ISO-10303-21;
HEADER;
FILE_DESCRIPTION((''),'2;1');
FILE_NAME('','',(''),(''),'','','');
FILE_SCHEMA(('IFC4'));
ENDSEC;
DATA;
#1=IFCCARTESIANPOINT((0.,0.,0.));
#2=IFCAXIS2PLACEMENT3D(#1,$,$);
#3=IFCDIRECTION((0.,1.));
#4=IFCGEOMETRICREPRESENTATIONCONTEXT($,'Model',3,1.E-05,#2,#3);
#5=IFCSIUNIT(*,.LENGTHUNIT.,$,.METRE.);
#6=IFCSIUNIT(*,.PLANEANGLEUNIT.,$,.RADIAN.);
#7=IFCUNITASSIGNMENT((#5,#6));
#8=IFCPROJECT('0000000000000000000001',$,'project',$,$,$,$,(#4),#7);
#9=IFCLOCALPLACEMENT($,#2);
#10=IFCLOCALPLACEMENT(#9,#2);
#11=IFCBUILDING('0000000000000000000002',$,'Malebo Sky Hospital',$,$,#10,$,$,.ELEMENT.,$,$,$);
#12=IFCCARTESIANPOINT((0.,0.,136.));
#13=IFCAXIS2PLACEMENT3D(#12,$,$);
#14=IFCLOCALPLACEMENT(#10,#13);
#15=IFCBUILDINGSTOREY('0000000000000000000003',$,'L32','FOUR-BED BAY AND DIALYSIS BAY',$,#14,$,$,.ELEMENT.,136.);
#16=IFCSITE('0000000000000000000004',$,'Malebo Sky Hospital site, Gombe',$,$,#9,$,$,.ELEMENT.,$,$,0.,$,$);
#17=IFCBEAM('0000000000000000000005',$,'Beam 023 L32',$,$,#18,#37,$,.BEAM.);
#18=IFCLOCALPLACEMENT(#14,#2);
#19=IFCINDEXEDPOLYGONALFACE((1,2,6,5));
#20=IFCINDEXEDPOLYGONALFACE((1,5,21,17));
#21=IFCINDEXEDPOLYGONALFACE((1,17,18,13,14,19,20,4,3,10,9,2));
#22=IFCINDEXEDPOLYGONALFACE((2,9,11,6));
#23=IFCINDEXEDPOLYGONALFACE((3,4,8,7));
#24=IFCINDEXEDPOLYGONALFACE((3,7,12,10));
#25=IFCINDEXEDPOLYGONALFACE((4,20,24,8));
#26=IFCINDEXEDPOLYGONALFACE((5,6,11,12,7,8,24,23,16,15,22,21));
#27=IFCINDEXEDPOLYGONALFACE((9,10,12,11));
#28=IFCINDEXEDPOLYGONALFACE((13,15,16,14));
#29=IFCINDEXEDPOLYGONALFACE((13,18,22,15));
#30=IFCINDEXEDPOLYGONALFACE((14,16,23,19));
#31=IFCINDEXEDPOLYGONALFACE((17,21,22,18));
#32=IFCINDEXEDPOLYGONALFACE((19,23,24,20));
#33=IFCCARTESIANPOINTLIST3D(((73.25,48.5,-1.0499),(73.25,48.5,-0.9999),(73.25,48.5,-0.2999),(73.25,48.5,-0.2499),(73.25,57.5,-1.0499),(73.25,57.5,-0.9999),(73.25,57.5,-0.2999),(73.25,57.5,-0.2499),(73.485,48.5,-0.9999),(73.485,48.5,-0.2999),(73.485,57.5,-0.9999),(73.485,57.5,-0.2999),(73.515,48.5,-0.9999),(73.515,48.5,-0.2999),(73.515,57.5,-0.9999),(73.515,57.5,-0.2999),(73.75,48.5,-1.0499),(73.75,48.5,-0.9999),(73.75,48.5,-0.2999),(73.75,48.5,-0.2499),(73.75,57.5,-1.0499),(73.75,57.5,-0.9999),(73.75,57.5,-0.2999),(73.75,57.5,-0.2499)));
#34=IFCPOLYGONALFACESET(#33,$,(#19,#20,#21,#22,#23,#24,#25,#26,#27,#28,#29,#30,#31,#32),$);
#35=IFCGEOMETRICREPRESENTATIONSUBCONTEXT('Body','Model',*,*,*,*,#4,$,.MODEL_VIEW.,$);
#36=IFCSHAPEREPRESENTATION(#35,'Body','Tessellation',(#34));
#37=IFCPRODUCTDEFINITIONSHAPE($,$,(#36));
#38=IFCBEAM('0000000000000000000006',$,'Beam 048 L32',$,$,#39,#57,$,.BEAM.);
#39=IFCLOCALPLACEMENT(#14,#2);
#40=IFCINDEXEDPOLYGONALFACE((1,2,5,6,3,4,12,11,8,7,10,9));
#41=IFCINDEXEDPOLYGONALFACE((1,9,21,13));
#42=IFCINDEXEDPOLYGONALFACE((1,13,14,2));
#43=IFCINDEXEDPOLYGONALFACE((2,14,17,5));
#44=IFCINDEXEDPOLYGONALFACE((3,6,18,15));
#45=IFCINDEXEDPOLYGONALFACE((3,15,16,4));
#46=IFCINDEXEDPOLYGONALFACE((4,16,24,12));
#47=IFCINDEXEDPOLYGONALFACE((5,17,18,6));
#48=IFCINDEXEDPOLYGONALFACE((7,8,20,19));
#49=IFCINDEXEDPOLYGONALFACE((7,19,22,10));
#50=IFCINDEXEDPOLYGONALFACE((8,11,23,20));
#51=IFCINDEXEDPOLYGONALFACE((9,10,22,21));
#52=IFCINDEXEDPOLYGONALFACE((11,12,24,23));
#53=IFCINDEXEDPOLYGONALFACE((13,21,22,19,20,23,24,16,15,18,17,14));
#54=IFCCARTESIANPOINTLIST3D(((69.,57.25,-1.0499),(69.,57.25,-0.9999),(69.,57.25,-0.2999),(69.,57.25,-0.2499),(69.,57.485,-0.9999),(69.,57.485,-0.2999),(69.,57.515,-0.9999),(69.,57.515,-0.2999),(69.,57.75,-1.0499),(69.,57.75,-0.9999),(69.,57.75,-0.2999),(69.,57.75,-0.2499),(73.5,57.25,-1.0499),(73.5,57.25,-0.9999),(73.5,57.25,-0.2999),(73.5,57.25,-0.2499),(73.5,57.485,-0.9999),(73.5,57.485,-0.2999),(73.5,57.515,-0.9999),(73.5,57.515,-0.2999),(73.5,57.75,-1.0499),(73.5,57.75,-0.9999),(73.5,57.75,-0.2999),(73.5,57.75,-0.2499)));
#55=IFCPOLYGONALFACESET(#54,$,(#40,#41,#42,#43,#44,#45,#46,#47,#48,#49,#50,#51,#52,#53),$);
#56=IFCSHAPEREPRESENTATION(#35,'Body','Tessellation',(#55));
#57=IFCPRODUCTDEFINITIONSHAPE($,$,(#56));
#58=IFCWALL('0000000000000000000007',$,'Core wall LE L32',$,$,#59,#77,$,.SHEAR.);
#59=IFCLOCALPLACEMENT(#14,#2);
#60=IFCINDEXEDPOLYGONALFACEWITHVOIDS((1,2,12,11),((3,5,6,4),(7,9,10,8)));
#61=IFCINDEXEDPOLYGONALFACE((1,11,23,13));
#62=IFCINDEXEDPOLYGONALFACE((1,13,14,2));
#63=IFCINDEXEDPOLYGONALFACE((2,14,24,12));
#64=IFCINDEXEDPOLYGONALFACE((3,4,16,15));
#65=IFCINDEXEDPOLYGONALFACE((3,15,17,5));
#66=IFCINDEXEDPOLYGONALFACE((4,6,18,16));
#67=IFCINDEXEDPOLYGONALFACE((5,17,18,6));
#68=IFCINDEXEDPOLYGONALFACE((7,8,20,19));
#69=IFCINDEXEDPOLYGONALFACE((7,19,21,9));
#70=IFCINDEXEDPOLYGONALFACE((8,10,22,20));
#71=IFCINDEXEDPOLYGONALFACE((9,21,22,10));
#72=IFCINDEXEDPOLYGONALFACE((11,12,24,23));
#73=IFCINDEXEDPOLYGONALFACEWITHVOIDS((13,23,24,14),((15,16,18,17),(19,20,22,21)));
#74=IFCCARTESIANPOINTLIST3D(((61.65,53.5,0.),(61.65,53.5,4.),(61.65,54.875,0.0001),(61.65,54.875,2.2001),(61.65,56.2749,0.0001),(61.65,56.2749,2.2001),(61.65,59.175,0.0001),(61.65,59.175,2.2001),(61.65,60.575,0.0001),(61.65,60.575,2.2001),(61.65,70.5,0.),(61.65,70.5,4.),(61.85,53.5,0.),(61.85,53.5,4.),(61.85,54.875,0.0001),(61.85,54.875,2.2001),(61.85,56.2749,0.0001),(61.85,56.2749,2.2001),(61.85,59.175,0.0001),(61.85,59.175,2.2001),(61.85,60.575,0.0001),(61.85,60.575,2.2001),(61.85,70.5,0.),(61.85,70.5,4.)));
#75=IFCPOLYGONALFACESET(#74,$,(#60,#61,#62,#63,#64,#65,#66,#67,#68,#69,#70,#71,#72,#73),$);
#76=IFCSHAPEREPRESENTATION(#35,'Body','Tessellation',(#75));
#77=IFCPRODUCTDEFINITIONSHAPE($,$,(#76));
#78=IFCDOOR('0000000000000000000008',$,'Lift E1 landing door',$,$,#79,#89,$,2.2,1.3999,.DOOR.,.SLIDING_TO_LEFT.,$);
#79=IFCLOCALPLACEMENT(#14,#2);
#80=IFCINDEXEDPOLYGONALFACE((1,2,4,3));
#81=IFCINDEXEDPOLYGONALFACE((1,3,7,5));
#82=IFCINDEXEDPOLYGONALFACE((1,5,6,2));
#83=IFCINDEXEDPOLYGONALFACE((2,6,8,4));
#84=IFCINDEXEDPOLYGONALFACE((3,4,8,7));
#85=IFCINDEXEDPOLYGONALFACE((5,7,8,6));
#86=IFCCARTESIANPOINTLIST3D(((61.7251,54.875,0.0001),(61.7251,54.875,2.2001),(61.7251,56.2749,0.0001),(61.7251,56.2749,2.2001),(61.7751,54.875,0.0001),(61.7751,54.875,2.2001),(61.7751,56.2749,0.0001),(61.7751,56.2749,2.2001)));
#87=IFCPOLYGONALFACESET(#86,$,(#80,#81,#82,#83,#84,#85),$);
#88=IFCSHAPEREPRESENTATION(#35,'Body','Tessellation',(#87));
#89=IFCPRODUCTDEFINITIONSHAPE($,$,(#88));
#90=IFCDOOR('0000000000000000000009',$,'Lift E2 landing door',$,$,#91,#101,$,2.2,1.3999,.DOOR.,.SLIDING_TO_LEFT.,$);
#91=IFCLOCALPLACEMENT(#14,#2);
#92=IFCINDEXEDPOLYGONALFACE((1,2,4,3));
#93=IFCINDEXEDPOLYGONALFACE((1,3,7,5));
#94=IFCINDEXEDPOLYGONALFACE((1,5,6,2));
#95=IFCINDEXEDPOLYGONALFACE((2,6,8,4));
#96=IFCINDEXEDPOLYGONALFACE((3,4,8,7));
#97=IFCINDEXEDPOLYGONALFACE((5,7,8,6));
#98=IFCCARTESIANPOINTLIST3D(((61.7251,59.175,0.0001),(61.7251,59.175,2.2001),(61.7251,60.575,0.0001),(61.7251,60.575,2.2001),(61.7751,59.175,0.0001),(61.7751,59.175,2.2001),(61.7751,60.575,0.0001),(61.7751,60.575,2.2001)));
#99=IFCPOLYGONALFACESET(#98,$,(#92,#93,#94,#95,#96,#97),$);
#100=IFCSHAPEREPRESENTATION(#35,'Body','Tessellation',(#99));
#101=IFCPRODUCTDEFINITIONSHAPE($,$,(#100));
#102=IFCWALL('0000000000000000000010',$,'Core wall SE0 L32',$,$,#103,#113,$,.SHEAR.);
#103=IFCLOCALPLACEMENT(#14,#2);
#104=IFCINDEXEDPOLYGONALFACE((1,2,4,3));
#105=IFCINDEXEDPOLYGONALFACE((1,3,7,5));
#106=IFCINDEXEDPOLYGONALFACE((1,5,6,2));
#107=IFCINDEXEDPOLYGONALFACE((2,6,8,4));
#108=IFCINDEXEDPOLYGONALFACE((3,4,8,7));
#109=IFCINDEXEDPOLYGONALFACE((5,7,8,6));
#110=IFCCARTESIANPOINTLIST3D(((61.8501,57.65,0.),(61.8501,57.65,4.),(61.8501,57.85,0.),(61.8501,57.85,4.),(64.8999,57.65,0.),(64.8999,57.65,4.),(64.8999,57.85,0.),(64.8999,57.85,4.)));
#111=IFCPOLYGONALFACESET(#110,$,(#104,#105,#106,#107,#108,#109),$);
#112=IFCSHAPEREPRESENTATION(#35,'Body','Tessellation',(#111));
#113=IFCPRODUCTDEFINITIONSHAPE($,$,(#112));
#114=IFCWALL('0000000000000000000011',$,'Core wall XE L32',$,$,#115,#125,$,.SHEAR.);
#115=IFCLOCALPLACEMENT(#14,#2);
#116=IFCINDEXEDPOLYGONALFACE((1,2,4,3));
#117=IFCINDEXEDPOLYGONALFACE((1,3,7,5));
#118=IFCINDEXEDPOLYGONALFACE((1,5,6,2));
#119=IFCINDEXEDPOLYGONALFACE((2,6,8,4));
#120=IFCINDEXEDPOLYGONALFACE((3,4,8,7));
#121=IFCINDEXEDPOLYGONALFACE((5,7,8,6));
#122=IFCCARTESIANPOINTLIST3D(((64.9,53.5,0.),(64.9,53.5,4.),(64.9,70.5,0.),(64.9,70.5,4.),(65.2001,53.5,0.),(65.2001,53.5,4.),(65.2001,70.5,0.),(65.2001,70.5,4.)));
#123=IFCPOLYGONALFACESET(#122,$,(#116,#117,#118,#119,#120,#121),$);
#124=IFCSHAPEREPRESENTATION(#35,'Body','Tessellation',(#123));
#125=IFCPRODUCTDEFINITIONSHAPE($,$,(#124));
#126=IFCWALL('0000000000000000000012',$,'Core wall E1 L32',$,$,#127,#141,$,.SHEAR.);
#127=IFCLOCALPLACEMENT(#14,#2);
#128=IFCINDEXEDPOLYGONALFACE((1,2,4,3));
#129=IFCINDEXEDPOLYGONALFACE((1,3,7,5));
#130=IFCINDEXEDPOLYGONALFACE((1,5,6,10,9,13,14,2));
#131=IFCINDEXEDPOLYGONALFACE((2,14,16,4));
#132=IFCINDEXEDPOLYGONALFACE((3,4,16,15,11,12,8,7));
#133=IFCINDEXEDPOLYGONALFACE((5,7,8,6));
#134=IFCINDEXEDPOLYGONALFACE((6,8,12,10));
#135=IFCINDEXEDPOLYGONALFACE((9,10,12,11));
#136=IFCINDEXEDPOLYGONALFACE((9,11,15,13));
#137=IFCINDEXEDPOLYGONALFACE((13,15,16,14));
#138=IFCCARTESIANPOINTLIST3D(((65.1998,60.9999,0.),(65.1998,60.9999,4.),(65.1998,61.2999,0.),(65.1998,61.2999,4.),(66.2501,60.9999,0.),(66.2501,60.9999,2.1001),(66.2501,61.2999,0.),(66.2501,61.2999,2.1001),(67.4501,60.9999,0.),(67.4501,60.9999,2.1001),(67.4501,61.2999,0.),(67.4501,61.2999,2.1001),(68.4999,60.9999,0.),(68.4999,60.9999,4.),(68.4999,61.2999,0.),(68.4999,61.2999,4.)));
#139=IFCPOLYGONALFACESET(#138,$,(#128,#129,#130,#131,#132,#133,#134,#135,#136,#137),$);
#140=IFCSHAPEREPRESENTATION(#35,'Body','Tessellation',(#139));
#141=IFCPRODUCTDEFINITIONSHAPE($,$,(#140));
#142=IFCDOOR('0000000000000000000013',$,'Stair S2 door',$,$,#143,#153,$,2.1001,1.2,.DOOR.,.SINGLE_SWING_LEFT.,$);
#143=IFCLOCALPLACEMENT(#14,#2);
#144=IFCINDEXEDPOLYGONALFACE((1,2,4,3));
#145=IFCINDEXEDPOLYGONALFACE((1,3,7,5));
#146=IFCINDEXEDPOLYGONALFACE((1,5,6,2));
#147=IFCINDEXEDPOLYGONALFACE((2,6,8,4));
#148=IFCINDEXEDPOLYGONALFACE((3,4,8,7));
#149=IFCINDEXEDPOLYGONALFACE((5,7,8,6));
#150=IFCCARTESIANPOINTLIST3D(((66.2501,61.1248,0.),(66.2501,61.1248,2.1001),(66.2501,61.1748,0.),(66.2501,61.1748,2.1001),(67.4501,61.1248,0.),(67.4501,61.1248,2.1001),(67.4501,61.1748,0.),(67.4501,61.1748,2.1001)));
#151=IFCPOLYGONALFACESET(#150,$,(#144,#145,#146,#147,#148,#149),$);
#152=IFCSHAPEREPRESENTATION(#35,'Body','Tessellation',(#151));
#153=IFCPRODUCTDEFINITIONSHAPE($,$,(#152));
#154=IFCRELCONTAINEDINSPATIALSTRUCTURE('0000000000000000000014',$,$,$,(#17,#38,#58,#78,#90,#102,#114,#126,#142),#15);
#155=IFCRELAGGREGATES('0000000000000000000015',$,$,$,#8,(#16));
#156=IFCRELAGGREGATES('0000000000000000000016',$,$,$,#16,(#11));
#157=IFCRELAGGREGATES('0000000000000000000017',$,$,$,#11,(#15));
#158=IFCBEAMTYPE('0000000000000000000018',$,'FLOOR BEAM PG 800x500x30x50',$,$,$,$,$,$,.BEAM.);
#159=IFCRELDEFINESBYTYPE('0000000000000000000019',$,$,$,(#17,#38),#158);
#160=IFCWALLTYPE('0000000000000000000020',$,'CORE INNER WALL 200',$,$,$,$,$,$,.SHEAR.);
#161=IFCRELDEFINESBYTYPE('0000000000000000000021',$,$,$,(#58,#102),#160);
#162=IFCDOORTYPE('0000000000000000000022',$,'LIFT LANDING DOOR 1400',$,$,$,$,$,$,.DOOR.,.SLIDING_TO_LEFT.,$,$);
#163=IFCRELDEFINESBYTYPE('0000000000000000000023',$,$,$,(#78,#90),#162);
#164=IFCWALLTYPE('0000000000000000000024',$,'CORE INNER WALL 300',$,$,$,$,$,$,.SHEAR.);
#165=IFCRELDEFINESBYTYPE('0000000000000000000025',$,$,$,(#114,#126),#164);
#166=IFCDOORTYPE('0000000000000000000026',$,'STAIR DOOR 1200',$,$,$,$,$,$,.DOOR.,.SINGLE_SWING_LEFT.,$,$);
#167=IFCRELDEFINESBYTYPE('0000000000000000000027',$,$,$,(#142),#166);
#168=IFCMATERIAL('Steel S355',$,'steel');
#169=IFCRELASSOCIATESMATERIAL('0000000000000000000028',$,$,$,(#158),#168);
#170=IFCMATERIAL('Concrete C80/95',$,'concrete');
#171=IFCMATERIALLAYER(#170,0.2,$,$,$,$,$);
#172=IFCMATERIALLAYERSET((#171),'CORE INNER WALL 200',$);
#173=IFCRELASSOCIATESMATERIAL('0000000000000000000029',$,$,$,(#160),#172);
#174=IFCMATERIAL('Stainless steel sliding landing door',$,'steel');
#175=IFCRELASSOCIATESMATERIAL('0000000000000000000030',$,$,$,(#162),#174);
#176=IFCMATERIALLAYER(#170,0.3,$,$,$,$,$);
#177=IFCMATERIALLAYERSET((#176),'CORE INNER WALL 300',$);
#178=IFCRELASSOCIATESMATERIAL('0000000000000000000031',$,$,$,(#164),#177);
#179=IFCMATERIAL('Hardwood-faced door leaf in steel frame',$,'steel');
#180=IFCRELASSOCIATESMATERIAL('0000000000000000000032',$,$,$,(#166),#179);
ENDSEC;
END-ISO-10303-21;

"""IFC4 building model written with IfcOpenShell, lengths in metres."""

from ifc_helpers import new_model, si_unit, direction, frame, frame_2d, origin, origin_2d, place, context, subcontext, project, spatial, rectangle, i_section, extrude, material, layer, layer_set, material_profile, profile_set, type_object, element, fill, save


model = new_model("IFC4")

# Units and contexts
model_context = context("Model", 3, precision=1e-05, world=origin(), true_north=direction((0.0, 1.0)))
body_context = subcontext(model_context, "Body", "Model", "MODEL_VIEW")
ifc_project = project(units=[si_unit("LENGTHUNIT", "METRE"), si_unit("PLANEANGLEUNIT", "RADIAN")], contexts=[model_context])

# Site, building, storey
site_placement = place(None, origin())
site = spatial("IfcSite", under=ifc_project, at=site_placement, Name="Malebo Sky Hospital site, Gombe", CompositionType="ELEMENT", RefElevation=0.0)
building_placement = place(site_placement, origin())
building = spatial("IfcBuilding", under=site, at=building_placement, Name="Malebo Sky Hospital", CompositionType="ELEMENT")
storey_placement = place(building_placement, frame((0.0, 0.0, 136.0)))
storey = spatial("IfcBuildingStorey", under=building, at=storey_placement, Name="L32", Description="FOUR-BED BAY AND DIALYSIS BAY", CompositionType="ELEMENT", Elevation=136.0)

# Beams
ifc_material_1 = material(Name="Steel S355", Category="steel")
ifc_material_profile = material_profile(ifc_material_1, i_section(OverallWidth=0.5, OverallDepth=0.8, WebThickness=0.03, FlangeThickness=0.05, at=origin_2d()), Name="PG 800x500x30x50")
ifc_profile_set = profile_set([ifc_material_profile], Name="Steel S355")
beam_type = type_object("IfcBeamType", Name="FLOOR BEAM PG 800x500x30x50", PredefinedType="BEAM", material=ifc_profile_set)
beam_1_placement = place(storey_placement, frame((73.5, 48.5, -0.6499), z_axis=(0.0, 1.0, 0.0), x_axis=(-1.0, 0.0, 0.0)))
element("IfcBeam", 1, at=beam_1_placement, inside=storey, type_object=beam_type, Name="Beam 023 L32", PredefinedType="BEAM", context=body_context, shape_type="SweptSolid", body=[
    extrude(i_section(OverallWidth=0.5, OverallDepth=0.8, WebThickness=0.03, FlangeThickness=0.05, at=origin_2d()), origin(), (0.0, 0.0, 1.0), 9.0),
])
beam_2_placement = place(storey_placement, frame((69.0, 57.5, -0.6499), z_axis=(1.0, 0.0, 0.0), x_axis=(0.0, 1.0, 0.0)))
element("IfcBeam", 2, at=beam_2_placement, inside=storey, type_object=beam_type, Name="Beam 048 L32", PredefinedType="BEAM", context=body_context, shape_type="SweptSolid", body=[
    extrude(i_section(OverallWidth=0.5, OverallDepth=0.8, WebThickness=0.03, FlangeThickness=0.05, at=origin_2d()), origin(), (0.0, 0.0, 1.0), 4.5),
])

# Wall, openings, doors
ifc_material_2 = material(Name="Concrete C80/95", Category="concrete")
ifc_layer_1 = layer(ifc_material_2, 0.2)
ifc_layer_set_1 = layer_set([ifc_layer_1], Name="CORE INNER WALL 200")
wall_type_1 = type_object("IfcWallType", Name="CORE INNER WALL 200", PredefinedType="SHEAR", material=ifc_layer_set_1)
wall_1_placement = place(storey_placement, frame((61.75, 53.5, 0.0), z_axis=(0.0, 0.0, 1.0), x_axis=(0.0, 1.0, 0.0)))
wall_1 = element("IfcWall", 3, at=wall_1_placement, inside=storey, type_object=wall_type_1, Name="Core wall LE L32", PredefinedType="SHEAR", context=body_context, shape_type="SweptSolid", body=[
    extrude(rectangle(XDim=17.0, YDim=0.2, at=frame_2d((8.5, 0.0))), origin(), (0.0, 0.0, 1.0), 4.0),
])
opening_1_placement = place(wall_1_placement, frame((1.375, 0.0, 0.0)))
opening_1 = element("IfcOpeningElement", 4, at=opening_1_placement, cuts=wall_1, PredefinedType="OPENING", context=body_context, shape_type="SweptSolid", body=[
    extrude(rectangle(XDim=1.3999, YDim=2.2, at=frame_2d((0.7, 1.1001))), frame((0.0, 0.1099, 0.0), z_axis=(0.0, -1.0, 0.0), x_axis=(1.0, 0.0, 0.0)), (0.0, 0.0, 1.0), 0.22),
])
opening_2_placement = place(wall_1_placement, frame((5.675, 0.0, 0.0)))
opening_2 = element("IfcOpeningElement", 5, at=opening_2_placement, cuts=wall_1, PredefinedType="OPENING", context=body_context, shape_type="SweptSolid", body=[
    extrude(rectangle(XDim=1.3999, YDim=2.2, at=frame_2d((0.7, 1.1001))), frame((0.0, 0.1099, 0.0), z_axis=(0.0, -1.0, 0.0), x_axis=(1.0, 0.0, 0.0)), (0.0, 0.0, 1.0), 0.22),
])
ifc_material_3 = material(Name="Stainless steel sliding landing door", Category="steel")
door_type_1 = type_object("IfcDoorType", Name="LIFT LANDING DOOR 1400", OperationType="SLIDING_TO_LEFT", PredefinedType="DOOR", material=ifc_material_3)
door_1_placement = place(opening_1_placement, origin())
door_1 = element("IfcDoor", 6, at=door_1_placement, inside=storey, type_object=door_type_1, Name="Lift E1 landing door", OperationType="SLIDING_TO_LEFT", OverallHeight=2.2, OverallWidth=1.3999, PredefinedType="DOOR", context=body_context, shape_type="SweptSolid", body=[
    extrude(rectangle(XDim=1.3999, YDim=2.2, at=frame_2d((0.7, 1.1001))), frame((0.0, 0.0249, 0.0), z_axis=(0.0, -1.0, 0.0), x_axis=(1.0, 0.0, 0.0)), (0.0, 0.0, 1.0), 0.05),
])
fill(opening_1, door_1)
door_2_placement = place(opening_2_placement, origin())
door_2 = element("IfcDoor", 7, at=door_2_placement, inside=storey, type_object=door_type_1, Name="Lift E2 landing door", OperationType="SLIDING_TO_LEFT", OverallHeight=2.2, OverallWidth=1.3999, PredefinedType="DOOR", context=body_context, shape_type="SweptSolid", body=[
    extrude(rectangle(XDim=1.3999, YDim=2.2, at=frame_2d((0.7, 1.1001))), frame((0.0, 0.0249, 0.0), z_axis=(0.0, -1.0, 0.0), x_axis=(1.0, 0.0, 0.0)), (0.0, 0.0, 1.0), 0.05),
])
fill(opening_2, door_2)

# Walls
wall_2_placement = place(storey_placement, frame((61.8501, 57.75, 0.0), z_axis=(0.0, 0.0, 1.0), x_axis=(1.0, 0.0, 0.0)))
element("IfcWall", 8, at=wall_2_placement, inside=storey, type_object=wall_type_1, Name="Core wall SE0 L32", PredefinedType="SHEAR", context=body_context, shape_type="SweptSolid", body=[
    extrude(rectangle(XDim=3.0498, YDim=0.2, at=frame_2d((1.5249, 0.0))), origin(), (0.0, 0.0, 1.0), 4.0),
])
ifc_layer_2 = layer(ifc_material_2, 0.3)
ifc_layer_set_2 = layer_set([ifc_layer_2], Name="CORE INNER WALL 300")
wall_type_2 = type_object("IfcWallType", Name="CORE INNER WALL 300", PredefinedType="SHEAR", material=ifc_layer_set_2)
wall_3_placement = place(storey_placement, frame((65.05, 53.5, 0.0), z_axis=(0.0, 0.0, 1.0), x_axis=(0.0, 1.0, 0.0)))
element("IfcWall", 9, at=wall_3_placement, inside=storey, type_object=wall_type_2, Name="Core wall XE L32", PredefinedType="SHEAR", context=body_context, shape_type="SweptSolid", body=[
    extrude(rectangle(XDim=17.0, YDim=0.3, at=frame_2d((8.5, 0.0))), origin(), (0.0, 0.0, 1.0), 4.0),
])

# Wall, opening, door
wall_4_placement = place(storey_placement, frame((65.2, 61.1499, 0.0), z_axis=(0.0, 0.0, 1.0), x_axis=(1.0, 0.0, 0.0)))
wall_4 = element("IfcWall", 10, at=wall_4_placement, inside=storey, type_object=wall_type_2, Name="Core wall E1 L32", PredefinedType="SHEAR", context=body_context, shape_type="SweptSolid", body=[
    extrude(rectangle(XDim=3.3, YDim=0.3, at=frame_2d((1.6499, 0.0))), origin(), (0.0, 0.0, 1.0), 4.0),
])
opening_3_placement = place(wall_4_placement, frame((1.05, 0.0, 0.0)))
opening_3 = element("IfcOpeningElement", 11, at=opening_3_placement, cuts=wall_4, PredefinedType="OPENING", context=body_context, shape_type="SweptSolid", body=[
    extrude(rectangle(XDim=1.2, YDim=2.1001, at=frame_2d((0.6001, 1.05))), frame((0.0, 0.1599, 0.0), z_axis=(0.0, -1.0, 0.0), x_axis=(1.0, 0.0, 0.0)), (0.0, 0.0, 1.0), 0.3201),
])
ifc_material_4 = material(Name="Hardwood-faced door leaf in steel frame", Category="steel")
door_type_2 = type_object("IfcDoorType", Name="STAIR DOOR 1200", OperationType="SINGLE_SWING_LEFT", PredefinedType="DOOR", material=ifc_material_4)
door_3_placement = place(opening_3_placement, origin())
door_3 = element("IfcDoor", 12, at=door_3_placement, inside=storey, type_object=door_type_2, Name="Stair S2 door", OperationType="SINGLE_SWING_LEFT", OverallHeight=2.1001, OverallWidth=1.2, PredefinedType="DOOR", context=body_context, shape_type="SweptSolid", body=[
    extrude(rectangle(XDim=1.2, YDim=2.1001, at=frame_2d((0.6001, 1.05))), frame((0.0, 0.0249, 0.0), z_axis=(0.0, -1.0, 0.0), x_axis=(1.0, 0.0, 0.0)), (0.0, 0.0, 1.0), 0.05),
])
fill(opening_3, door_3)

save(model, "model.ifc")
